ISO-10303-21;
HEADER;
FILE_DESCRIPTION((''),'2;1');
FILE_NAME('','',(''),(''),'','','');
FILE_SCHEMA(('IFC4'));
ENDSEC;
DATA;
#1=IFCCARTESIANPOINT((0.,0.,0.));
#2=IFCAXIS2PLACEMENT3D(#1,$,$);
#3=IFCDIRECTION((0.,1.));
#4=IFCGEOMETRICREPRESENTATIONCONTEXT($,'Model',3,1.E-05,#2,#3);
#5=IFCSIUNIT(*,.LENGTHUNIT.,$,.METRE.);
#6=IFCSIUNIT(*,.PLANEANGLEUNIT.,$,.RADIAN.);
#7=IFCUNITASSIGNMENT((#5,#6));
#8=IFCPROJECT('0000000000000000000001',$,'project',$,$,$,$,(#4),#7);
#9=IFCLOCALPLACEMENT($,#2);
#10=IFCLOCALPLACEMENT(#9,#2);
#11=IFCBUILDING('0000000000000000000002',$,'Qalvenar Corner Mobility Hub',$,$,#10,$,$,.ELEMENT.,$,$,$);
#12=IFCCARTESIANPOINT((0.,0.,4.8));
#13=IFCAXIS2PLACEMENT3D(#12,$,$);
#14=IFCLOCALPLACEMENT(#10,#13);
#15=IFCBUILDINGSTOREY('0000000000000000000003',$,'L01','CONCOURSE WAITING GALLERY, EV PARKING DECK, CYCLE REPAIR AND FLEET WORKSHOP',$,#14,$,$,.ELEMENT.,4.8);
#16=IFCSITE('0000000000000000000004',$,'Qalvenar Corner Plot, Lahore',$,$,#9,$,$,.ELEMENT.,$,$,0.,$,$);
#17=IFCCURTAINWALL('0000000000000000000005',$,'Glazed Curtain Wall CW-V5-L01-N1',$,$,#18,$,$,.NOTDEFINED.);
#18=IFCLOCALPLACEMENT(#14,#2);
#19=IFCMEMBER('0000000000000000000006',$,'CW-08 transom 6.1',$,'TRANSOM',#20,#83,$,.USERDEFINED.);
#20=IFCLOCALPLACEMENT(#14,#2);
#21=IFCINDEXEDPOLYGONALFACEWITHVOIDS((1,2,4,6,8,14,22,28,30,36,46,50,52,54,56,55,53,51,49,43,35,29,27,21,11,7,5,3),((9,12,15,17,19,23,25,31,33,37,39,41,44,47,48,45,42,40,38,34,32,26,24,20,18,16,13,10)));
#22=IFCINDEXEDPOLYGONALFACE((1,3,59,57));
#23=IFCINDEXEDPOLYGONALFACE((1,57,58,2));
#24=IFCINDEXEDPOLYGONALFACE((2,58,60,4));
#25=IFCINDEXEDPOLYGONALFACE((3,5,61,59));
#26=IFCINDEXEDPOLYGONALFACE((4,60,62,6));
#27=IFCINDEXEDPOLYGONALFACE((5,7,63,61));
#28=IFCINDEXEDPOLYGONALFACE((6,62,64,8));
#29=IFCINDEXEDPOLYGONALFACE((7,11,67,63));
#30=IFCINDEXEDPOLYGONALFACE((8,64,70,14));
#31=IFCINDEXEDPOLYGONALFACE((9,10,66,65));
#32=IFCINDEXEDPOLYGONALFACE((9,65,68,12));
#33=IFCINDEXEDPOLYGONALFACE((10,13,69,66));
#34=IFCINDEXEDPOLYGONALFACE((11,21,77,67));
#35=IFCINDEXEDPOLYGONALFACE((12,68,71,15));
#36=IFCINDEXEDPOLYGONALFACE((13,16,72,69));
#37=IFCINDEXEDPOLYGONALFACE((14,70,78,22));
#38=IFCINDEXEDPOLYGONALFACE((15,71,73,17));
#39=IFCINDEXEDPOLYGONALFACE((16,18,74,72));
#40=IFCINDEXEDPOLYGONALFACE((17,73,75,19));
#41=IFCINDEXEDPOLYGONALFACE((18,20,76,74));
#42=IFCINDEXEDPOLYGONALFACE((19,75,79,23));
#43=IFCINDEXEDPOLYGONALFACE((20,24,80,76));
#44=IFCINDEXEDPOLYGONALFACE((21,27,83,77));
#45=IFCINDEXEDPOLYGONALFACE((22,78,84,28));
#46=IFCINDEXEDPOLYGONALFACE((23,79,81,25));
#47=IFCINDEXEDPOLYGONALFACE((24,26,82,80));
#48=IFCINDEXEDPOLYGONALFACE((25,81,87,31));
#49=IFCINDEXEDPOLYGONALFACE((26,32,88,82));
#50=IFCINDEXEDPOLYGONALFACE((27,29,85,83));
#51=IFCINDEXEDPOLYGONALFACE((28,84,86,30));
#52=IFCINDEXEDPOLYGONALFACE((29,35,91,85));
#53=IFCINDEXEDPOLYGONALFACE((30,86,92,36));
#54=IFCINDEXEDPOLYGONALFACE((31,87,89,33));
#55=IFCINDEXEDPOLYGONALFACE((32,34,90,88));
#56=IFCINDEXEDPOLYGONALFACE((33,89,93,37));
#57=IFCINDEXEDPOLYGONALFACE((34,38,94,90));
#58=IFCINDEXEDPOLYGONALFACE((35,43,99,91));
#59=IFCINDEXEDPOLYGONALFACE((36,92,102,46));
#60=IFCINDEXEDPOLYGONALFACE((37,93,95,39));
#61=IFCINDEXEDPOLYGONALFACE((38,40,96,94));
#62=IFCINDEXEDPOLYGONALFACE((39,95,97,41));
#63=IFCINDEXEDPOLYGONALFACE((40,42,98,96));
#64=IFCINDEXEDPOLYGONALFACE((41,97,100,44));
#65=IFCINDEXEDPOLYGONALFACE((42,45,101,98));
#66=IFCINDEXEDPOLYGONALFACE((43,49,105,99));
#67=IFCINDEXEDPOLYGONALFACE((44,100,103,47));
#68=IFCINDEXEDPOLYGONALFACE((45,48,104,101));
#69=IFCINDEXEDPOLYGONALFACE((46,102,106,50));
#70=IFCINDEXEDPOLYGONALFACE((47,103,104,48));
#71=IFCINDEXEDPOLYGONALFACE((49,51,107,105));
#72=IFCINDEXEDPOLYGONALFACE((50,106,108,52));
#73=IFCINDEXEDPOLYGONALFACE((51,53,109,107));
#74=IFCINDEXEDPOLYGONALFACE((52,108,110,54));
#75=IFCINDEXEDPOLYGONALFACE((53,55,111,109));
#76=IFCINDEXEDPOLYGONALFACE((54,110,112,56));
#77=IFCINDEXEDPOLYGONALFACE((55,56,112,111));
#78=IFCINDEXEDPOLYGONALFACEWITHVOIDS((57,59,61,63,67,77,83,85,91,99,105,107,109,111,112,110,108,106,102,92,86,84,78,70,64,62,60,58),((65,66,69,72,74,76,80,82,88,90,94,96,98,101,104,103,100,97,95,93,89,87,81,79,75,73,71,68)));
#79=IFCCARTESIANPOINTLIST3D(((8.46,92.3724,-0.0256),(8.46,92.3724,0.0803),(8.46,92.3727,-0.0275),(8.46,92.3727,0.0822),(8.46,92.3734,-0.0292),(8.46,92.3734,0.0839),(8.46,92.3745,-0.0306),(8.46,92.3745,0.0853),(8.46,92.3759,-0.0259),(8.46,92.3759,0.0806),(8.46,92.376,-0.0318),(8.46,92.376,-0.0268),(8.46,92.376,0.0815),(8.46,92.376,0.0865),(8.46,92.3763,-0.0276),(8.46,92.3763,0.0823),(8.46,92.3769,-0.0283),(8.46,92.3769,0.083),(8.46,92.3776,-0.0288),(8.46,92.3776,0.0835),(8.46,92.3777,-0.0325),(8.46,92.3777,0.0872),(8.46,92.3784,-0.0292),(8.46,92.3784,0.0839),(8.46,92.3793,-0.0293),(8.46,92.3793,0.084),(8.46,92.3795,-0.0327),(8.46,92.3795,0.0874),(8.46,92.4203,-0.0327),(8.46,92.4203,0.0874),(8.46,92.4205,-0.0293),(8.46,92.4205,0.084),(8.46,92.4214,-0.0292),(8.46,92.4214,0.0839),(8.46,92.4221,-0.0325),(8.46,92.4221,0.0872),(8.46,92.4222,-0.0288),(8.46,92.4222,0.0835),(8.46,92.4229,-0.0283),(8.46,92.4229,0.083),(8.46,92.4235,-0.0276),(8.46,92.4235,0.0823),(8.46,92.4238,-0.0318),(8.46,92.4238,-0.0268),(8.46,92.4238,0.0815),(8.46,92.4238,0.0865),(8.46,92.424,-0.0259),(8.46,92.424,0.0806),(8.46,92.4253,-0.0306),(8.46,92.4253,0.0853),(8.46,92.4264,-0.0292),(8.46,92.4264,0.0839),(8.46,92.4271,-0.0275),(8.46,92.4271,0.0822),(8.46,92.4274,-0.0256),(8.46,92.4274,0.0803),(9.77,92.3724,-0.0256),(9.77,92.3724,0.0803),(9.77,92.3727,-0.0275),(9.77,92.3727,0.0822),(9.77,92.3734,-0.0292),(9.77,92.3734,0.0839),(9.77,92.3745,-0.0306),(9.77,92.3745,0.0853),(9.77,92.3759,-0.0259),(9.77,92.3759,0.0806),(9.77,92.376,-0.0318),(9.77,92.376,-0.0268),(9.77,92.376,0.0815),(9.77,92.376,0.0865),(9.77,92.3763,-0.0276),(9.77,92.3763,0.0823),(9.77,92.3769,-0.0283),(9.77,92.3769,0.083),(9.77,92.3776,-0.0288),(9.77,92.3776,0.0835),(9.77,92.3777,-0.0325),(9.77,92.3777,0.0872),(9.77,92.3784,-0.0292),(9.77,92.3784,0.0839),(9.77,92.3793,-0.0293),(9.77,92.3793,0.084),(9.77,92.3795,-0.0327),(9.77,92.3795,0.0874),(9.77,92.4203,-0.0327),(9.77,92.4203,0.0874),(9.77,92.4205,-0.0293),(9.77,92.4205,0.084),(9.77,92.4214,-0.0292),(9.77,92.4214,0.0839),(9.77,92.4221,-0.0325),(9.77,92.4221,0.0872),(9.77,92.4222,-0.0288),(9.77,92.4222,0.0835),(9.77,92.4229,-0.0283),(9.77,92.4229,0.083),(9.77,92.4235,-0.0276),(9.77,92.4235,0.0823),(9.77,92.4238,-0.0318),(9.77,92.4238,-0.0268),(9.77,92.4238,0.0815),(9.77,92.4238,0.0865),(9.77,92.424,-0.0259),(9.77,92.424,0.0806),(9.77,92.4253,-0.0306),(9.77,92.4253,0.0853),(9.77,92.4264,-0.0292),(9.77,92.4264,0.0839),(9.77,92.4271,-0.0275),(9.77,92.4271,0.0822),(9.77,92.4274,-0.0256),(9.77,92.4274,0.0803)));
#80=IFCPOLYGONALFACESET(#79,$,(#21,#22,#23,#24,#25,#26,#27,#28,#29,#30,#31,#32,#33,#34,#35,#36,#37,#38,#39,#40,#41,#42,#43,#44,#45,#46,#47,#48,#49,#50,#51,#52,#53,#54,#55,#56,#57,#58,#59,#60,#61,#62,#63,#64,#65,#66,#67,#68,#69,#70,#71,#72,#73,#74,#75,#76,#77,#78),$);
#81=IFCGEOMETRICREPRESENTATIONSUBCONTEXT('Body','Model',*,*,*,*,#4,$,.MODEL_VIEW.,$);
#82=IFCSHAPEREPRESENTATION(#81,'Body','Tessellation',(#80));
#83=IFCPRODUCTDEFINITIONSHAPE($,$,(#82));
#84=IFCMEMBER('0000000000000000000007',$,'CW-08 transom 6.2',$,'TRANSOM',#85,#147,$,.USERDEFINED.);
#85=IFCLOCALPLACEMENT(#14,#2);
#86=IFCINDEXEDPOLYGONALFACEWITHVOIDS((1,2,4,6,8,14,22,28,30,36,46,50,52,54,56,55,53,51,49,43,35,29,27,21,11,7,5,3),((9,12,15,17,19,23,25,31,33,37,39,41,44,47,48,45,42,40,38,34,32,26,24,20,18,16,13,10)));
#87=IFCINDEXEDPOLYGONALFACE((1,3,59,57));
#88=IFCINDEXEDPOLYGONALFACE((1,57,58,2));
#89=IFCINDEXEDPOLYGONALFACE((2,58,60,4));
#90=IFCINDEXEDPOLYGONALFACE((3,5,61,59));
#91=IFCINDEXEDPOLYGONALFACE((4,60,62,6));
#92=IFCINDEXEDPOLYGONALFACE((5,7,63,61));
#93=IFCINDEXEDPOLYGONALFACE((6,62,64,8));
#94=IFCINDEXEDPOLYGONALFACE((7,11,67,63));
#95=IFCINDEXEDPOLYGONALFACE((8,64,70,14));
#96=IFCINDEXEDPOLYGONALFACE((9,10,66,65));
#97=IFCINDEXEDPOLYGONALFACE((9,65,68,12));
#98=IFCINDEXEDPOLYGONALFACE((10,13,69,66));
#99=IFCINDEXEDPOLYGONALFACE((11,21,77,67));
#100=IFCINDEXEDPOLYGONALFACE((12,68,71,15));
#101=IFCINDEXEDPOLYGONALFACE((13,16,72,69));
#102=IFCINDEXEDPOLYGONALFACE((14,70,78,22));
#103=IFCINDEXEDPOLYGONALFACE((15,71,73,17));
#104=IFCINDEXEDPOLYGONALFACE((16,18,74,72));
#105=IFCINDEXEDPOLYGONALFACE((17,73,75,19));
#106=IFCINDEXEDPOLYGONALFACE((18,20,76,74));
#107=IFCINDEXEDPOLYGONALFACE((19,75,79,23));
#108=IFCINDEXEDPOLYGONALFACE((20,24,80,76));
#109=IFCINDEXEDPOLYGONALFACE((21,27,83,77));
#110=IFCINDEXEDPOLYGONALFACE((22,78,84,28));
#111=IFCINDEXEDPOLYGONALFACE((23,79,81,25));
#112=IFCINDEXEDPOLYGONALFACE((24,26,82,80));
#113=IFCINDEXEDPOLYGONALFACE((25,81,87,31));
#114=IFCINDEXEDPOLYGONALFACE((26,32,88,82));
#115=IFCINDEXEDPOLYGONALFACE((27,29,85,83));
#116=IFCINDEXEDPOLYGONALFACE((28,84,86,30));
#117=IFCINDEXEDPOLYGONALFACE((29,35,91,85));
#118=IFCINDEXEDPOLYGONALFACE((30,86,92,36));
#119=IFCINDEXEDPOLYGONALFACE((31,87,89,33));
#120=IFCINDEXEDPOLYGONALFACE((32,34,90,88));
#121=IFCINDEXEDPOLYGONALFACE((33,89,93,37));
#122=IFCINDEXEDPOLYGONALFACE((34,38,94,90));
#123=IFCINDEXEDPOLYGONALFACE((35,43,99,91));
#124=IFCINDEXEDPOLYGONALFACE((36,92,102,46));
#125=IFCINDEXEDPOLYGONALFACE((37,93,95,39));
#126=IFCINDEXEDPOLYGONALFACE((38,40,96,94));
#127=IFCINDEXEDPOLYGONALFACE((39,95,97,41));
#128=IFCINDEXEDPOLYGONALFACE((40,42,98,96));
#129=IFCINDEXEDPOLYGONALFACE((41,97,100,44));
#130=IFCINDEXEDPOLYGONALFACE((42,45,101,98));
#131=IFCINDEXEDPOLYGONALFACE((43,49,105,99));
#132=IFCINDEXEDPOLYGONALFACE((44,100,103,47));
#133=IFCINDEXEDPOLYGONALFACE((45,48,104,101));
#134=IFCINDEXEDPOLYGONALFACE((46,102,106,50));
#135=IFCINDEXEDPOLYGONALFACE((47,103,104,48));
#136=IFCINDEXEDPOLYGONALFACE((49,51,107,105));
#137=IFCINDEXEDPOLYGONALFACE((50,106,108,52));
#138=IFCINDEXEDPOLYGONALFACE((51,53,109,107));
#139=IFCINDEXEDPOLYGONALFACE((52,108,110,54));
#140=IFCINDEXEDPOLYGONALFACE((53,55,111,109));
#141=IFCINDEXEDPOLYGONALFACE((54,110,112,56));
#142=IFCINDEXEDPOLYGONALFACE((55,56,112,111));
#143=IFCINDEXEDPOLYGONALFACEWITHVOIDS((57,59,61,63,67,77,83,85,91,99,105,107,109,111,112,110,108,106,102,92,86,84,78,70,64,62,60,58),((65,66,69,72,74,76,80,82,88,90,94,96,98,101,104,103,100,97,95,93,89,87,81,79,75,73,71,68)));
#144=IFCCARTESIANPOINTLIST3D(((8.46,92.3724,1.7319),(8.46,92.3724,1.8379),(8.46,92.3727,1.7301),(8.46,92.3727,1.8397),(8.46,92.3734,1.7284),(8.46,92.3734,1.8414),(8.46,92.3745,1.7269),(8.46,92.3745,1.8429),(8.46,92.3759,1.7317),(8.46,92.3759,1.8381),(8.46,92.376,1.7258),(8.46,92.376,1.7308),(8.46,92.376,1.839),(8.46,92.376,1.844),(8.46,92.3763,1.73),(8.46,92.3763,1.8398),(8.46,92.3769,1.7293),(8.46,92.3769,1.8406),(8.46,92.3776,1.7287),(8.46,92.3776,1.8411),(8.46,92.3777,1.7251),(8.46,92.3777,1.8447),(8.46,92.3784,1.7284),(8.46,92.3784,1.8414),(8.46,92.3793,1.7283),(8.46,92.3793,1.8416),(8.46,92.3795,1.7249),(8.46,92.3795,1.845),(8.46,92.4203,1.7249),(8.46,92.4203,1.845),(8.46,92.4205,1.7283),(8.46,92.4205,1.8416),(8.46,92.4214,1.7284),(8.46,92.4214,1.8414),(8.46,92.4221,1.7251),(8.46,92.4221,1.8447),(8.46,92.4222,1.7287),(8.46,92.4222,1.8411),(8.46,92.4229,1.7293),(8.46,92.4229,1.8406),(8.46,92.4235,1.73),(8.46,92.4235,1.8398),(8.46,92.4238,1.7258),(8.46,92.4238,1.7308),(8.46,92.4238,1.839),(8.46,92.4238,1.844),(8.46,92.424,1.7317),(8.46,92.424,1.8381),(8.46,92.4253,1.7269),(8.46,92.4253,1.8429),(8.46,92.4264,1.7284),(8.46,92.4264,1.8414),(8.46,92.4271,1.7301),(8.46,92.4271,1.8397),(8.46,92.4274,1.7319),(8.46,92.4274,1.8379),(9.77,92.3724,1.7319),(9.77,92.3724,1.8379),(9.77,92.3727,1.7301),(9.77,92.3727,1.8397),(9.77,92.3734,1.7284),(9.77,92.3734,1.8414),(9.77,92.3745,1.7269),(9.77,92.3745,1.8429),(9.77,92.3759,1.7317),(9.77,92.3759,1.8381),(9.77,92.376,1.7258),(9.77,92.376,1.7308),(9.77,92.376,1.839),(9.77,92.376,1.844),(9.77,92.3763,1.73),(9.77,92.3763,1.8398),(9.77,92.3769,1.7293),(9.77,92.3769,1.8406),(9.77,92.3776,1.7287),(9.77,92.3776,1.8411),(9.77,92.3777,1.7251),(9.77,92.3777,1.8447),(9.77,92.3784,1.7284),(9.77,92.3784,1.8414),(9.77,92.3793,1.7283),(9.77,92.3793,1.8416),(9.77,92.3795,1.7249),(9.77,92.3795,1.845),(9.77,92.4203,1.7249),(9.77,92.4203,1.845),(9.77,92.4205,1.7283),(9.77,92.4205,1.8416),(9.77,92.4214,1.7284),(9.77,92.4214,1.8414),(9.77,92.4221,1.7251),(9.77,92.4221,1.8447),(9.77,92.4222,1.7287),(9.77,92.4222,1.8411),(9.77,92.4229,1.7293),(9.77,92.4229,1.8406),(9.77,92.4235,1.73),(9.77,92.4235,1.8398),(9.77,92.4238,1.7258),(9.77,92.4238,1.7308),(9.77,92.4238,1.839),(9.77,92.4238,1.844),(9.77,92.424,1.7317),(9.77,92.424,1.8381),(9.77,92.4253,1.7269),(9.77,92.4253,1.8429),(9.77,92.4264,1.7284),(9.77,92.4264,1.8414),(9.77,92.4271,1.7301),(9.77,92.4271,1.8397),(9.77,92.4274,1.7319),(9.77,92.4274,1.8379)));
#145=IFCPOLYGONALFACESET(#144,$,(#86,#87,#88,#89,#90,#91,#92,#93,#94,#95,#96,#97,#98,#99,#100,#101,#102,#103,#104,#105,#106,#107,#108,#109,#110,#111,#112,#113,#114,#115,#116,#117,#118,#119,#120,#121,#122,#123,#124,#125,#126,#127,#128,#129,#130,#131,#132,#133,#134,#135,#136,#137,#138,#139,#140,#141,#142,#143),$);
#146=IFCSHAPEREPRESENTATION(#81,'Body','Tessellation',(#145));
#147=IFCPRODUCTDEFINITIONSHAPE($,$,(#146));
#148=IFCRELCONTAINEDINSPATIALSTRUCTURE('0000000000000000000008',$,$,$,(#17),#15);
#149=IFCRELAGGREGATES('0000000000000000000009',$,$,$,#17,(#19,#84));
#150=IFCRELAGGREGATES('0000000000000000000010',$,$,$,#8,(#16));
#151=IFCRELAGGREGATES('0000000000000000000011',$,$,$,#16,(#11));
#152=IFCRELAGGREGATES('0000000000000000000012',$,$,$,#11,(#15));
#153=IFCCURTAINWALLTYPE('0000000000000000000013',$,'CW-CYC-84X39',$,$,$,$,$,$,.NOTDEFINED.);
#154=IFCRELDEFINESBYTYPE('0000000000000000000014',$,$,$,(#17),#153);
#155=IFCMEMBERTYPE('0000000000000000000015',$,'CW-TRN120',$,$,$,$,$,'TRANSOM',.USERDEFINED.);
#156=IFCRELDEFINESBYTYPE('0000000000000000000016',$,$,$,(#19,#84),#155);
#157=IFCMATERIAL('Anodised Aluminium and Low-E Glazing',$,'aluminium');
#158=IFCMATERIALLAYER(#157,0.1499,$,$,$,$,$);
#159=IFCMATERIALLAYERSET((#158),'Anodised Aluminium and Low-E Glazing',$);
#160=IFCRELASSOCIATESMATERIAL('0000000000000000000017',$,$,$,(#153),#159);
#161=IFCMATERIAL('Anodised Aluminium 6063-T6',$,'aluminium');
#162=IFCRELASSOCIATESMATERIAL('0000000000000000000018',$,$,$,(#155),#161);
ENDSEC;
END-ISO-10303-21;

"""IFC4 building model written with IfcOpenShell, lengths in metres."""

from ifc_helpers import new_model, si_unit, direction, frame, origin, origin_2d, place, context, subcontext, project, spatial, hollow_rectangle, extrude, material, layer, layer_set, material_profile, profile_set, type_object, element, aggregate, save


model = new_model("IFC4")

# Units and contexts
model_context = context("Model", 3, precision=1e-05, world=origin(), true_north=direction((0.0, 1.0)))
body_context = subcontext(model_context, "Body", "Model", "MODEL_VIEW")
ifc_project = project(units=[si_unit("LENGTHUNIT", "METRE"), si_unit("PLANEANGLEUNIT", "RADIAN")], contexts=[model_context])

# Site, building, storey
site_placement = place(None, origin())
site = spatial("IfcSite", under=ifc_project, at=site_placement, Name="Qalvenar Corner Plot, Lahore", CompositionType="ELEMENT", RefElevation=0.0)
building_placement = place(site_placement, origin())
building = spatial("IfcBuilding", under=site, at=building_placement, Name="Qalvenar Corner Mobility Hub", CompositionType="ELEMENT")
storey_placement = place(building_placement, frame((0.0, 0.0, 4.8)))
storey = spatial("IfcBuildingStorey", under=building, at=storey_placement, Name="L01", Description="CONCOURSE WAITING GALLERY, EV PARKING DECK, CYCLE REPAIR AND FLEET WORKSHOP", CompositionType="ELEMENT", Elevation=4.8)

# Curtain wall, members
ifc_material_1 = material(Name="Anodised Aluminium and Low-E Glazing", Category="aluminium")
ifc_layer_1 = layer(ifc_material_1, 0.1499)
ifc_layer_set_1 = layer_set([ifc_layer_1], Name="Anodised Aluminium and Low-E Glazing")
curtain_wall_type = type_object("IfcCurtainWallType", Name="CW-CYC-84X39", PredefinedType="NOTDEFINED", material=ifc_layer_set_1)
curtain_wall_placement = place(storey_placement, origin())
curtain_wall = element("IfcCurtainWall", 1, at=curtain_wall_placement, inside=storey, type_object=curtain_wall_type, Name="Glazed Curtain Wall CW-V5-L01-N1", PredefinedType="NOTDEFINED")
ifc_material_2 = material(Name="Anodised Aluminium 6063-T6", Category="aluminium")
ifc_material_profile_1 = material_profile(ifc_material_2, hollow_rectangle(XDim=0.0549, YDim=0.1201, WallThickness=0.0034, InnerFilletRadius=0.0034, OuterFilletRadius=0.0071, at=origin_2d()), Name="RHS120x55x3.5")
ifc_profile_set_1 = profile_set([ifc_material_profile_1], Name="Anodised Aluminium 6063-T6")
member_type_1 = type_object("IfcMemberType", Name="CW-TRN120", ElementType="TRANSOM", PredefinedType="USERDEFINED", material=ifc_profile_set_1)
member_1_placement = place(storey_placement, frame((9.77, 92.3999, 0.0273), z_axis=(-1.0, 0.0, 0.0), x_axis=(0.0, -1.0, 0.0)))
member_1 = element("IfcMember", 2, at=member_1_placement, type_object=member_type_1, Name="CW-08 transom 6.1", ObjectType="TRANSOM", PredefinedType="USERDEFINED", context=body_context, shape_type="SweptSolid", body=[
    extrude(hollow_rectangle(XDim=0.0549, YDim=0.1201, WallThickness=0.0034, InnerFilletRadius=0.0034, OuterFilletRadius=0.0071, at=origin_2d()), origin(), (0.0, 0.0, 1.0), 1.3101),
])
member_2_placement = place(storey_placement, frame((9.77, 92.3999, 1.7849), z_axis=(-1.0, 0.0, 0.0), x_axis=(0.0, -1.0, 0.0)))
member_2 = element("IfcMember", 3, at=member_2_placement, type_object=member_type_1, Name="CW-08 transom 6.2", ObjectType="TRANSOM", PredefinedType="USERDEFINED", context=body_context, shape_type="SweptSolid", body=[
    extrude(hollow_rectangle(XDim=0.0549, YDim=0.1201, WallThickness=0.0034, InnerFilletRadius=0.0034, OuterFilletRadius=0.0071, at=origin_2d()), origin(), (0.0, 0.0, 1.0), 1.3101),
])
aggregate(curtain_wall, [member_1, member_2])

save(model, "model.ifc")
